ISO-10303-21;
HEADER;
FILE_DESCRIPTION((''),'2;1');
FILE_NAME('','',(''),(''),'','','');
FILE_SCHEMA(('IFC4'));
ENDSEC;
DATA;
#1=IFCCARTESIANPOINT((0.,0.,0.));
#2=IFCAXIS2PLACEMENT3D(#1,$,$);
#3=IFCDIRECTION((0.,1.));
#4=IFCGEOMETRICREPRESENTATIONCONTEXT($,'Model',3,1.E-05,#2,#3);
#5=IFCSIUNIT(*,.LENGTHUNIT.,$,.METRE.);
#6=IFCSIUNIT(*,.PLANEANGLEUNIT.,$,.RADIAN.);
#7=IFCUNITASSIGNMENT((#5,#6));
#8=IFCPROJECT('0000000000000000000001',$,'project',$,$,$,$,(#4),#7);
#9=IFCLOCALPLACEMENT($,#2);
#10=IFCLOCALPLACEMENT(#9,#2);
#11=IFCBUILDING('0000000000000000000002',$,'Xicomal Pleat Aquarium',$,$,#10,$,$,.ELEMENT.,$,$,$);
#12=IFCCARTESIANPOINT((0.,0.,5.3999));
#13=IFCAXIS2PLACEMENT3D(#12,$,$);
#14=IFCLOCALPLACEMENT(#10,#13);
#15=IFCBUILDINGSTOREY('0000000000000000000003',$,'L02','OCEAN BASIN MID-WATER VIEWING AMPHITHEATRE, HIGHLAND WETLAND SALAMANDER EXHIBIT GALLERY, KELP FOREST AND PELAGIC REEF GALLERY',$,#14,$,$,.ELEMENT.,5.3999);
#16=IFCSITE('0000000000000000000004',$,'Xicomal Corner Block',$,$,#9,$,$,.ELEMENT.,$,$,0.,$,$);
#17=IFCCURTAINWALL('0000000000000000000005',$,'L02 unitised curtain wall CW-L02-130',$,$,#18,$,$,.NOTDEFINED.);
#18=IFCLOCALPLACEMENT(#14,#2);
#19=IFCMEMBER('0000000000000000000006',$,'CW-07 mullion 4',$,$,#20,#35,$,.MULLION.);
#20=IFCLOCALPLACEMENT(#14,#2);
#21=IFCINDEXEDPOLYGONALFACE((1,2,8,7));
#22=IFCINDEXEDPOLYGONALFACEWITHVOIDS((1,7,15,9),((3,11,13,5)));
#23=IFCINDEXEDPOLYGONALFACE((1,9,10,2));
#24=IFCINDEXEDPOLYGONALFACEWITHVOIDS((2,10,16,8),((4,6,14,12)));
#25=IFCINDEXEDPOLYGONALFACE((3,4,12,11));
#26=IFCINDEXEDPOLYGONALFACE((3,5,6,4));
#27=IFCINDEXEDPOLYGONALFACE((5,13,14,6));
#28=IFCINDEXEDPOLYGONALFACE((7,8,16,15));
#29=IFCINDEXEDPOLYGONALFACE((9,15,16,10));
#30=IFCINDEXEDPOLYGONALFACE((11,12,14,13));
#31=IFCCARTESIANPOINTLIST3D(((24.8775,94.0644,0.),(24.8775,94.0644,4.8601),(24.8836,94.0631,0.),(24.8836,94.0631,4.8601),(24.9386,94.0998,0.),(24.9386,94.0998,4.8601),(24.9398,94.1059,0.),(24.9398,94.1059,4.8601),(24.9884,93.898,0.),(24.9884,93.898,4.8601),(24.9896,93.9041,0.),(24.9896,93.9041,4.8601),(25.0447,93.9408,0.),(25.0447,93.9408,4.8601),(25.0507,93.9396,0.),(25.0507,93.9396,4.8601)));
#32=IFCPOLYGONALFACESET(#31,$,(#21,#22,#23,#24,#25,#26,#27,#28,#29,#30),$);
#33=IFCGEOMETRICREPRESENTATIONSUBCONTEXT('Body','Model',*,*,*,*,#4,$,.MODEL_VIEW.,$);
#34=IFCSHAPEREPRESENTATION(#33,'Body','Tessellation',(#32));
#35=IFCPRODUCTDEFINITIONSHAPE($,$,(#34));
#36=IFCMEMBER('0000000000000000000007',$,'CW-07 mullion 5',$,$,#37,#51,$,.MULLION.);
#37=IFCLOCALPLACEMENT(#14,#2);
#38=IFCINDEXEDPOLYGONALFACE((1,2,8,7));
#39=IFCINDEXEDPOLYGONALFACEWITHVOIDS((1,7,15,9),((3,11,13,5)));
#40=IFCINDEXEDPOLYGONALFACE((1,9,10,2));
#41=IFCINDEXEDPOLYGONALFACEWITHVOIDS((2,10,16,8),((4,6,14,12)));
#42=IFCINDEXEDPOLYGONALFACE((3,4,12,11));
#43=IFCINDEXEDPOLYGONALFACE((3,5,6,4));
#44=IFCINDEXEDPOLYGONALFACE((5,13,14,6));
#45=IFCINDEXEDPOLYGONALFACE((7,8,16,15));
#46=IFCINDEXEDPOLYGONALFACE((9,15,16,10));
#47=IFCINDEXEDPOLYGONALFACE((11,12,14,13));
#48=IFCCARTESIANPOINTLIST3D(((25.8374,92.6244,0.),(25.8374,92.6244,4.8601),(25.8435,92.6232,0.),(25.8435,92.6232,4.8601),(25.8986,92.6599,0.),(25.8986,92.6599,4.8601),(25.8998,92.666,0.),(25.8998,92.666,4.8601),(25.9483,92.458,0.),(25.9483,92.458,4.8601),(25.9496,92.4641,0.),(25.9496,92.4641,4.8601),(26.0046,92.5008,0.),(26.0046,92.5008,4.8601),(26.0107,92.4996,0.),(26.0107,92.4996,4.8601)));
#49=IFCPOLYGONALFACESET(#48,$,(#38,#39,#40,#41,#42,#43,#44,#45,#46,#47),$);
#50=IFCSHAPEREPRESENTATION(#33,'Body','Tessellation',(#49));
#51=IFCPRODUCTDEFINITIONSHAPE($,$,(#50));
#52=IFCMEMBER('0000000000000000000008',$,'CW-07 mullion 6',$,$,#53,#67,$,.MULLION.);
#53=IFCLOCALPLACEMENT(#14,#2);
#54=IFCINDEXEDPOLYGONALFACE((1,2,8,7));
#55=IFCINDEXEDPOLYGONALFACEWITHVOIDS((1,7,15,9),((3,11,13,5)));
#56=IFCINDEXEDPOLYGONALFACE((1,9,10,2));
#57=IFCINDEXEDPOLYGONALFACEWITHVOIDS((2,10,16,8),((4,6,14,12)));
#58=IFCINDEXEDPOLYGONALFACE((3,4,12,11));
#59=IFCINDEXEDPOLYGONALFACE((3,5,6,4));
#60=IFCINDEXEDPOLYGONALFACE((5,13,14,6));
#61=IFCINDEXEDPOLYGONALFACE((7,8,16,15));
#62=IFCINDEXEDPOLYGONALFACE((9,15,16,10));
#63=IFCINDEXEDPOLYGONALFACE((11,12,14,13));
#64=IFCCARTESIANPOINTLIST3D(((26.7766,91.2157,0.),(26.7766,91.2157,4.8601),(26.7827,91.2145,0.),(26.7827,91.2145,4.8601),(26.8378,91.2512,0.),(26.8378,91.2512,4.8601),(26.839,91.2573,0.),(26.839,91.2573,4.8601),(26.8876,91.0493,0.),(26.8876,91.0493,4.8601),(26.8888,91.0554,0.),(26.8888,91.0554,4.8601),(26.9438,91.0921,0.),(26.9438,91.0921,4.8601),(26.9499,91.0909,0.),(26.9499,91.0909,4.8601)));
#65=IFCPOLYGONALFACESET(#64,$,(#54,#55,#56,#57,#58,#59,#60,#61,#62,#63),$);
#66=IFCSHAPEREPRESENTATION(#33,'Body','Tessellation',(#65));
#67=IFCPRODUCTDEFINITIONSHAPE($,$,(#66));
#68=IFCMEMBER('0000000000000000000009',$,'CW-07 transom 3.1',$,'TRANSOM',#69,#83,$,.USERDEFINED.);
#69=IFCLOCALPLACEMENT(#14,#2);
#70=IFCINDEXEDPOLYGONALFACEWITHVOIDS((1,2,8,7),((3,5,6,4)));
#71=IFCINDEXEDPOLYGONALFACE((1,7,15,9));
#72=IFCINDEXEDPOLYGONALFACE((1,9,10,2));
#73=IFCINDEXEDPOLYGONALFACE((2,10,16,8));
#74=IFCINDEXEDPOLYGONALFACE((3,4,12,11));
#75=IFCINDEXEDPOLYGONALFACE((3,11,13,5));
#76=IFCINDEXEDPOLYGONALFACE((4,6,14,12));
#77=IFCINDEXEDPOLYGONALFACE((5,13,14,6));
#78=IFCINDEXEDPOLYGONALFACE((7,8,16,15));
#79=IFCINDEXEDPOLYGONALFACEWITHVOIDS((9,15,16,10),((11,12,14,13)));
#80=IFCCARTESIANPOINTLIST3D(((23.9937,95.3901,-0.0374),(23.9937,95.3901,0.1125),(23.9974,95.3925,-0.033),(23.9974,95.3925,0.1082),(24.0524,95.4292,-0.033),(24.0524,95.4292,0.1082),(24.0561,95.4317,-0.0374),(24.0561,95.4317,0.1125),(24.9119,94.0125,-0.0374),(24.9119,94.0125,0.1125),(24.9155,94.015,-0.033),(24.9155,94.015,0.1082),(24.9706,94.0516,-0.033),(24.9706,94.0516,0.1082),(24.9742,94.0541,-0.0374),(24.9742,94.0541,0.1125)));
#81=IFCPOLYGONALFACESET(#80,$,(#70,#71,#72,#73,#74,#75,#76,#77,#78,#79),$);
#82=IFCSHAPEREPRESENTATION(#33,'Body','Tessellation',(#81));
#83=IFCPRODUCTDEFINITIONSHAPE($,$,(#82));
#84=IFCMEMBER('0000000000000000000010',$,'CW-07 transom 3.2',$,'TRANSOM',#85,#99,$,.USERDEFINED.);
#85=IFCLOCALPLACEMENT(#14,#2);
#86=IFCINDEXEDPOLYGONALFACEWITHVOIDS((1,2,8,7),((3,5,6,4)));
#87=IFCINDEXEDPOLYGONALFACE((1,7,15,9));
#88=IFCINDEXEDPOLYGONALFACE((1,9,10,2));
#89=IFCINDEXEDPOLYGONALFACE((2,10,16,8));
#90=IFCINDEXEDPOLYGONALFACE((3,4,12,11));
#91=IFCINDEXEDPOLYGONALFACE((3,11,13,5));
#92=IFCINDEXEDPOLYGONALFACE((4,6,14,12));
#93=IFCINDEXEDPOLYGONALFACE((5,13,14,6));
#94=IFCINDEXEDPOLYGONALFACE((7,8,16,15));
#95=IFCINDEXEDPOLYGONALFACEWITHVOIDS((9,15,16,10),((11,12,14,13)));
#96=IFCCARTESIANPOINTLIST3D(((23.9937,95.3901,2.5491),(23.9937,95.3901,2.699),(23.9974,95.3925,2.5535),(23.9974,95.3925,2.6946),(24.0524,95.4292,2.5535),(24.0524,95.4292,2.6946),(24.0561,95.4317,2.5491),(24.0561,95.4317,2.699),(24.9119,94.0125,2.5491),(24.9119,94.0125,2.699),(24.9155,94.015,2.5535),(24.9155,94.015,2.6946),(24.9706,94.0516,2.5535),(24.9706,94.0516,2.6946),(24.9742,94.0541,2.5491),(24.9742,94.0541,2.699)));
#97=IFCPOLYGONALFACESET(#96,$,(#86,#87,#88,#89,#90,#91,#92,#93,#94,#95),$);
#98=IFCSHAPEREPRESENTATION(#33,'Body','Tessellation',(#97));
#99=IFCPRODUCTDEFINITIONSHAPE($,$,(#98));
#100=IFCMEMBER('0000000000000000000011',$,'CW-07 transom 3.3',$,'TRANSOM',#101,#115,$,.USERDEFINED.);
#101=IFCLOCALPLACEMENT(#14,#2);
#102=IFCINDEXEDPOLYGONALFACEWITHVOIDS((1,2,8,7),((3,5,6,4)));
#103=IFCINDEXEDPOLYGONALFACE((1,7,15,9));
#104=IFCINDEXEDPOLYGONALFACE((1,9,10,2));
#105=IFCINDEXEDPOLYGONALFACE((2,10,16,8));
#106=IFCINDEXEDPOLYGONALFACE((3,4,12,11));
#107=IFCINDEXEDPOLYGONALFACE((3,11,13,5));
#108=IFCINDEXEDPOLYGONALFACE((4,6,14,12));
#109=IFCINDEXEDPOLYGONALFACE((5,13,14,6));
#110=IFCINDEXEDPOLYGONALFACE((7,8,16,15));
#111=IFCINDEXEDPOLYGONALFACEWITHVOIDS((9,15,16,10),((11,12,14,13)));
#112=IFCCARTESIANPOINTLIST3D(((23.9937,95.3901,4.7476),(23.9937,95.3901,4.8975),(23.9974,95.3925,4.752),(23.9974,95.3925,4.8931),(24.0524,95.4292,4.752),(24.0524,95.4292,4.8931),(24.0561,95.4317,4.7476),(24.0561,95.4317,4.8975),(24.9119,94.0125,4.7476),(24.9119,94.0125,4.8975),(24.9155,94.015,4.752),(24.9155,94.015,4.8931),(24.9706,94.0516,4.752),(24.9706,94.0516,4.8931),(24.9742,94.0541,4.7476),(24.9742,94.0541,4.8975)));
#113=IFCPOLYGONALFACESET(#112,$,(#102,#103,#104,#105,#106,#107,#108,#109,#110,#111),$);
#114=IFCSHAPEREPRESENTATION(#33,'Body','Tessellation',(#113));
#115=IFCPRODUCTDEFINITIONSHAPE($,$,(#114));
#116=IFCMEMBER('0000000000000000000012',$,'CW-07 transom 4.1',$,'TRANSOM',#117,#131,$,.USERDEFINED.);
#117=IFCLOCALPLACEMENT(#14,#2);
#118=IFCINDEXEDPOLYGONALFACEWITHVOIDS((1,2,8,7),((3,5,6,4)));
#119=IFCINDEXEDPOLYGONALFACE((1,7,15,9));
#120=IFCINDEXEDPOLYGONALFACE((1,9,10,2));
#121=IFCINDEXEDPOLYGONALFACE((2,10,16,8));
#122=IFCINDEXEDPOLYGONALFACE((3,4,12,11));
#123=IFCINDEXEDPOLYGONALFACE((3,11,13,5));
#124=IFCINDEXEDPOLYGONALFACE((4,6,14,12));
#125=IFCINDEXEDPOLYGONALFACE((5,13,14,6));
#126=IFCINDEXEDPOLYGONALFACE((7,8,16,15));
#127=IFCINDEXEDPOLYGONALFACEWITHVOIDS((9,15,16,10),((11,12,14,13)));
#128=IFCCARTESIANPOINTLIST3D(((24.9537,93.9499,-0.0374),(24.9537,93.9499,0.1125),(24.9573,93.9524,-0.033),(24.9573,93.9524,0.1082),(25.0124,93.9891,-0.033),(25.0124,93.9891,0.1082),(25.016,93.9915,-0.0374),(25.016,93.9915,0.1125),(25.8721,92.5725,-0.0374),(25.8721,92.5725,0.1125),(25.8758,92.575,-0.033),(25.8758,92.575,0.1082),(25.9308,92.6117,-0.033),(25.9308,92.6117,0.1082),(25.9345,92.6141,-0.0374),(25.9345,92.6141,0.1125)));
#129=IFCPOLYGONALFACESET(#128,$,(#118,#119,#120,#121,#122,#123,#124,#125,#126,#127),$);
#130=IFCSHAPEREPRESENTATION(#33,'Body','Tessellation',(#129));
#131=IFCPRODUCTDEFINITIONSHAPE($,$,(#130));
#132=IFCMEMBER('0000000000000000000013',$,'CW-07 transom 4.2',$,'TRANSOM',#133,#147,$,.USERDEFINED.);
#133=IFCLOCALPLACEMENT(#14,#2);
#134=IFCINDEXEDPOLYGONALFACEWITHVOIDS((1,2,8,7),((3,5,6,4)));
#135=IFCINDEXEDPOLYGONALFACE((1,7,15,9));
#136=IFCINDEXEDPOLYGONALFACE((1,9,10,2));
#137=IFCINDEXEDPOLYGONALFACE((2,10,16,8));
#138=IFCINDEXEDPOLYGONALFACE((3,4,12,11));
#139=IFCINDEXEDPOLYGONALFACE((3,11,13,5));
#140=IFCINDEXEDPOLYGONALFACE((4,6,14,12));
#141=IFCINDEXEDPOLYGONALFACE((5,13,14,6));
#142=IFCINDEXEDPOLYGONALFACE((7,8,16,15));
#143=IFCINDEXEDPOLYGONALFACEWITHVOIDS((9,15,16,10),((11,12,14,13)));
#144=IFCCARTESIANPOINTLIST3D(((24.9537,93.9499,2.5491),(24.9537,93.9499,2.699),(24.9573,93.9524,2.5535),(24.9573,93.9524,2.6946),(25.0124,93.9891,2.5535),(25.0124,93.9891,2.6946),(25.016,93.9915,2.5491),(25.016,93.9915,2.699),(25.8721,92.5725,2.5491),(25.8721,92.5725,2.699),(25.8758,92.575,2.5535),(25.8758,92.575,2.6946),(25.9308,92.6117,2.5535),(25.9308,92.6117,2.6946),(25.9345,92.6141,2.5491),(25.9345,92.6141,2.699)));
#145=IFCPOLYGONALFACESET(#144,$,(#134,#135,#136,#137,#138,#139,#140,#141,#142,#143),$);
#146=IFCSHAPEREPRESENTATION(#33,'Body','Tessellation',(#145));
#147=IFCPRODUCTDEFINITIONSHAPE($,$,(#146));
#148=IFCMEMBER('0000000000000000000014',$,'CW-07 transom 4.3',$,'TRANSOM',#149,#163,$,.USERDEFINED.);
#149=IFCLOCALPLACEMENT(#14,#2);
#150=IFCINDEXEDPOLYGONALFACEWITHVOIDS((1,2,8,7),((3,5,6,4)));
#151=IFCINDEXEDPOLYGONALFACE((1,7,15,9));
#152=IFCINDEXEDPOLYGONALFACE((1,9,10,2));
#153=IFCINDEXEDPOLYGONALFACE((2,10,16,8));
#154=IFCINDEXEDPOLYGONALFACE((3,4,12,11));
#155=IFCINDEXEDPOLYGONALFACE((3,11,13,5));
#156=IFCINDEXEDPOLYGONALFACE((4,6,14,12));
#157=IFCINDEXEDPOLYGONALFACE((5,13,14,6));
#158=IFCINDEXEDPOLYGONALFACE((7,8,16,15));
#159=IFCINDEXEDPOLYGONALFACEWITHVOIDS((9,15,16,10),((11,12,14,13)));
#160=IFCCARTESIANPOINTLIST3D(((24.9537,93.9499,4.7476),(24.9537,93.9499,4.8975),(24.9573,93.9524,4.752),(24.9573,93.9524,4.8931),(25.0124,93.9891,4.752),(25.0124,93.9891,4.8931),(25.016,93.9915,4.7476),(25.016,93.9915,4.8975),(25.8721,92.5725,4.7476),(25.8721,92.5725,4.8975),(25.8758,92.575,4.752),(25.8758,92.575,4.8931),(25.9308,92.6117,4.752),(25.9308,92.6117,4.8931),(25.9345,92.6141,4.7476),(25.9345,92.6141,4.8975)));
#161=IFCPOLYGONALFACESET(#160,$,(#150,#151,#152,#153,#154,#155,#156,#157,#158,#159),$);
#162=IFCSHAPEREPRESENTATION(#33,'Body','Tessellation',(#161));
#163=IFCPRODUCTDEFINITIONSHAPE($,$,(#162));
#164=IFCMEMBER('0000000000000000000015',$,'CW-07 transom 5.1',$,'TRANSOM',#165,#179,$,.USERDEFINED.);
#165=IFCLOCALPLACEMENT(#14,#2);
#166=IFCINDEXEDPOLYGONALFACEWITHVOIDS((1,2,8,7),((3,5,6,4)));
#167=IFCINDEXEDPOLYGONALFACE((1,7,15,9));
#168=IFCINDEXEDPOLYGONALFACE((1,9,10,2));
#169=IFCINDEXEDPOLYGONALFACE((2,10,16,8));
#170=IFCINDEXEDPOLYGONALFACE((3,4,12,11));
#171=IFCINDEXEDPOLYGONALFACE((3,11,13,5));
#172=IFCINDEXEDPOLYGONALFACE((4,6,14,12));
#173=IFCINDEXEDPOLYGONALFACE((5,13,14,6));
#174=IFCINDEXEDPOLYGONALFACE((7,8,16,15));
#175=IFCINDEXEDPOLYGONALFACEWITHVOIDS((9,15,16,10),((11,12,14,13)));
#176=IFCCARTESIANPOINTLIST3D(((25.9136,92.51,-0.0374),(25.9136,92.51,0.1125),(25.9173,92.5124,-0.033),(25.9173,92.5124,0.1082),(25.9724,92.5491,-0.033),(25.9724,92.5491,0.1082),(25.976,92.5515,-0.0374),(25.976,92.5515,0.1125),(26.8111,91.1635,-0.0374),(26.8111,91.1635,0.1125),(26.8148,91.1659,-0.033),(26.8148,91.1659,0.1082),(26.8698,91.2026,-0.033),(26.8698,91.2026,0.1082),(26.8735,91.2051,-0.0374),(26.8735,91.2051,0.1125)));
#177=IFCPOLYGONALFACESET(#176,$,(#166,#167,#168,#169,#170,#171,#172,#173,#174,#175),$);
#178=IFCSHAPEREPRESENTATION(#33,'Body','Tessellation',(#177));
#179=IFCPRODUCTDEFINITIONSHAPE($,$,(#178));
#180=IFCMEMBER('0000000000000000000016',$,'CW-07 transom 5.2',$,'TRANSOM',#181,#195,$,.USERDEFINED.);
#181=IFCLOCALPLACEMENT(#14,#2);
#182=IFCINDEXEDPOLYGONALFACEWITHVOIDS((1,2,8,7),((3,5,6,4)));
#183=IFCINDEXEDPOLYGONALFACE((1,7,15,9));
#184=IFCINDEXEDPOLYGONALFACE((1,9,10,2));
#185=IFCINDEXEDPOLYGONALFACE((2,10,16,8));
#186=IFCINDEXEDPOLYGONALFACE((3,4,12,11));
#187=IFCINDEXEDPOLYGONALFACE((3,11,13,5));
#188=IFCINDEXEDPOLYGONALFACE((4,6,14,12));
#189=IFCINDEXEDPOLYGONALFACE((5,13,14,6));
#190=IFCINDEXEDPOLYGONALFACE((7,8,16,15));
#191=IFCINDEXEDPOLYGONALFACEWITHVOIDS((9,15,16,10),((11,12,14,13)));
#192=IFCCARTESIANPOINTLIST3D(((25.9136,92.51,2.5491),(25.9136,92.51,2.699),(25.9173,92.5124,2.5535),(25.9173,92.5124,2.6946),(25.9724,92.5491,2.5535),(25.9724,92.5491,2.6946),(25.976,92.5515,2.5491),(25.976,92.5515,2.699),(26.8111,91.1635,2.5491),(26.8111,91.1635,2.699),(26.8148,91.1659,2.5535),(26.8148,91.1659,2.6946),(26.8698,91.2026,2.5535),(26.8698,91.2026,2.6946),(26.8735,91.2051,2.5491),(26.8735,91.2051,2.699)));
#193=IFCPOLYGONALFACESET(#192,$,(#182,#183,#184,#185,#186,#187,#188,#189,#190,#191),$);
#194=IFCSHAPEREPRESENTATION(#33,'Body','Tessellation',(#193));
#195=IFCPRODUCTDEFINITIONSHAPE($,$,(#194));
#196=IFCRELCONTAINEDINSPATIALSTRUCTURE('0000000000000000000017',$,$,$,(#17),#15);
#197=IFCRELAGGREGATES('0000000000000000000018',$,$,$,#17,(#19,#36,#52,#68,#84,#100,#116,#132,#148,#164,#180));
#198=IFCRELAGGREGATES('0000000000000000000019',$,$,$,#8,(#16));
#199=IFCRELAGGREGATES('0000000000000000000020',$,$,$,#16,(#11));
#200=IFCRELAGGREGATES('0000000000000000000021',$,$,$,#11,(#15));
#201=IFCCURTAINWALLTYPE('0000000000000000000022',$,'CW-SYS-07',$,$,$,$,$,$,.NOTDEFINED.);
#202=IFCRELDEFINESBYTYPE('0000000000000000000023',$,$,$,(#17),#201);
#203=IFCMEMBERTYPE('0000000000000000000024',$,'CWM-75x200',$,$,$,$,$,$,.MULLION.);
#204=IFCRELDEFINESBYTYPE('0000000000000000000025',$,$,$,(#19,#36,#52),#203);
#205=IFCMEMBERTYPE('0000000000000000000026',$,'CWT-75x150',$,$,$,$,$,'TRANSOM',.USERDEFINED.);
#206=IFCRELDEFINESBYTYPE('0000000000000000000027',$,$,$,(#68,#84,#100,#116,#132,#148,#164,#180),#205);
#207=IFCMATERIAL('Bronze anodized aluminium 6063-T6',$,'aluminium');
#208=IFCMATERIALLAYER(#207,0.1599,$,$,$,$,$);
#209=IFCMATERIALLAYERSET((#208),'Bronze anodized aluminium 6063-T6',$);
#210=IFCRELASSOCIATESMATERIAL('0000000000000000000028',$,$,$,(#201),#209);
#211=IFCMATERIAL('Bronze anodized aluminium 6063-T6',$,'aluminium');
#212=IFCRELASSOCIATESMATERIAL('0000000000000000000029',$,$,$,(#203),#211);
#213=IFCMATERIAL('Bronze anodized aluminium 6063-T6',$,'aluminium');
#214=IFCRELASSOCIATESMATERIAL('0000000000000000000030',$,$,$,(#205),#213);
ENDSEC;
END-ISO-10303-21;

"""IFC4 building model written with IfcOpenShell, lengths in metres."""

from ifc_helpers import new_model, si_unit, direction, frame, origin, origin_2d, place, context, subcontext, project, spatial, hollow_rectangle, extrude, material, layer, layer_set, material_profile, profile_set, type_object, element, aggregate, save


model = new_model("IFC4")

# Units and contexts
model_context = context("Model", 3, precision=1e-05, world=origin(), true_north=direction((0.0, 1.0)))
body_context = subcontext(model_context, "Body", "Model", "MODEL_VIEW")
ifc_project = project(units=[si_unit("LENGTHUNIT", "METRE"), si_unit("PLANEANGLEUNIT", "RADIAN")], contexts=[model_context])

# Site, building, storey
site_placement = place(None, origin())
site = spatial("IfcSite", under=ifc_project, at=site_placement, Name="Xicomal Corner Block", CompositionType="ELEMENT", RefElevation=0.0)
building_placement = place(site_placement, origin())
building = spatial("IfcBuilding", under=site, at=building_placement, Name="Xicomal Pleat Aquarium", CompositionType="ELEMENT")
storey_placement = place(building_placement, frame((0.0, 0.0, 5.3999)))
storey = spatial("IfcBuildingStorey", under=building, at=storey_placement, Name="L02", Description="OCEAN BASIN MID-WATER VIEWING AMPHITHEATRE, HIGHLAND WETLAND SALAMANDER EXHIBIT GALLERY, KELP FOREST AND PELAGIC REEF GALLERY", CompositionType="ELEMENT", Elevation=5.3999)

# Curtain wall, members
ifc_material_1 = material(Name="Bronze anodized aluminium 6063-T6", Category="aluminium")
ifc_layer_1 = layer(ifc_material_1, 0.1599)
ifc_layer_set_1 = layer_set([ifc_layer_1], Name="Bronze anodized aluminium 6063-T6")
curtain_wall_type_1 = type_object("IfcCurtainWallType", Name="CW-SYS-07", PredefinedType="NOTDEFINED", material=ifc_layer_set_1)
curtain_wall_1_placement = place(storey_placement, origin())
curtain_wall_1 = element("IfcCurtainWall", 1, at=curtain_wall_1_placement, inside=storey, type_object=curtain_wall_type_1, Name="L02 unitised curtain wall CW-L02-130", PredefinedType="NOTDEFINED")
ifc_material_2 = material(Name="Bronze anodized aluminium 6063-T6", Category="aluminium")
ifc_material_profile_1 = material_profile(ifc_material_2, hollow_rectangle(XDim=0.075, YDim=0.2, WallThickness=0.0044, at=origin_2d()), Name="ALU MULL 75x200")
ifc_profile_set_1 = profile_set([ifc_material_profile_1], Name="Bronze anodized aluminium 6063-T6")
member_type_1 = type_object("IfcMemberType", Name="CWM-75x200", PredefinedType="MULLION", material=ifc_profile_set_1)
member_1_placement = place(storey_placement, frame((24.9641, 94.002, 0.0), z_axis=(0.0, 0.0, 1.0), x_axis=(0.83205, 0.5547, 0.0)))
member_1 = element("IfcMember", 2, at=member_1_placement, type_object=member_type_1, Name="CW-07 mullion 4", PredefinedType="MULLION", context=body_context, shape_type="SweptSolid", body=[
    extrude(hollow_rectangle(XDim=0.075, YDim=0.2, WallThickness=0.0044, at=origin_2d()), origin(), (0.0, 0.0, 1.0), 4.8601),
])
member_2_placement = place(storey_placement, frame((25.9241, 92.562, 0.0), z_axis=(0.0, 0.0, 1.0), x_axis=(0.83205, 0.5547, 0.0)))
member_2 = element("IfcMember", 3, at=member_2_placement, type_object=member_type_1, Name="CW-07 mullion 5", PredefinedType="MULLION", context=body_context, shape_type="SweptSolid", body=[
    extrude(hollow_rectangle(XDim=0.075, YDim=0.2, WallThickness=0.0044, at=origin_2d()), origin(), (0.0, 0.0, 1.0), 4.8601),
])
member_3_placement = place(storey_placement, frame((26.8633, 91.1533, 0.0), z_axis=(0.0, 0.0, 1.0), x_axis=(0.83205, 0.5547, 0.0)))
member_3 = element("IfcMember", 4, at=member_3_placement, type_object=member_type_1, Name="CW-07 mullion 6", PredefinedType="MULLION", context=body_context, shape_type="SweptSolid", body=[
    extrude(hollow_rectangle(XDim=0.075, YDim=0.2, WallThickness=0.0044, at=origin_2d()), origin(), (0.0, 0.0, 1.0), 4.8601),
])
ifc_material_3 = material(Name="Bronze anodized aluminium 6063-T6", Category="aluminium")
ifc_material_profile_2 = material_profile(ifc_material_3, hollow_rectangle(XDim=0.075, YDim=0.1499, WallThickness=0.0044, at=origin_2d()), Name="ALU TRAN 75x150")
ifc_profile_set_2 = profile_set([ifc_material_profile_2], Name="Bronze anodized aluminium 6063-T6")
member_type_2 = type_object("IfcMemberType", Name="CWT-75x150", ElementType="TRANSOM", PredefinedType="USERDEFINED", material=ifc_profile_set_2)
member_4_placement = place(storey_placement, frame((24.0249, 95.4109, 0.0376), z_axis=(0.554598, -0.832118, 0.0), x_axis=(0.832118, 0.554598, 0.0)))
member_4 = element("IfcMember", 5, at=member_4_placement, type_object=member_type_2, Name="CW-07 transom 3.1", ObjectType="TRANSOM", PredefinedType="USERDEFINED", context=body_context, shape_type="SweptSolid", body=[
    extrude(hollow_rectangle(XDim=0.075, YDim=0.1499, WallThickness=0.0044, at=origin_2d()), origin(), (0.0, 0.0, 1.0), 1.6555),
])
member_5_placement = place(storey_placement, frame((24.0249, 95.4109, 2.624), z_axis=(0.554598, -0.832118, 0.0), x_axis=(0.832118, 0.554598, 0.0)))
member_5 = element("IfcMember", 6, at=member_5_placement, type_object=member_type_2, Name="CW-07 transom 3.2", ObjectType="TRANSOM", PredefinedType="USERDEFINED", context=body_context, shape_type="SweptSolid", body=[
    extrude(hollow_rectangle(XDim=0.075, YDim=0.1499, WallThickness=0.0044, at=origin_2d()), origin(), (0.0, 0.0, 1.0), 1.6555),
])
member_6_placement = place(storey_placement, frame((24.0249, 95.4109, 4.8225), z_axis=(0.554598, -0.832118, 0.0), x_axis=(0.832118, 0.554598, 0.0)))
member_6 = element("IfcMember", 7, at=member_6_placement, type_object=member_type_2, Name="CW-07 transom 3.3", ObjectType="TRANSOM", PredefinedType="USERDEFINED", context=body_context, shape_type="SweptSolid", body=[
    extrude(hollow_rectangle(XDim=0.075, YDim=0.1499, WallThickness=0.0044, at=origin_2d()), origin(), (0.0, 0.0, 1.0), 1.6555),
])
member_7_placement = place(storey_placement, frame((24.9849, 93.9707, 0.0376), z_axis=(0.554768, -0.832005, 0.0), x_axis=(0.832005, 0.554768, 0.0)))
member_7 = element("IfcMember", 8, at=member_7_placement, type_object=member_type_2, Name="CW-07 transom 4.1", ObjectType="TRANSOM", PredefinedType="USERDEFINED", context=body_context, shape_type="SweptSolid", body=[
    extrude(hollow_rectangle(XDim=0.075, YDim=0.1499, WallThickness=0.0044, at=origin_2d()), origin(), (0.0, 0.0, 1.0), 1.6555),
])
member_8_placement = place(storey_placement, frame((24.9849, 93.9707, 2.624), z_axis=(0.554768, -0.832005, 0.0), x_axis=(0.832005, 0.554768, 0.0)))
member_8 = element("IfcMember", 9, at=member_8_placement, type_object=member_type_2, Name="CW-07 transom 4.2", ObjectType="TRANSOM", PredefinedType="USERDEFINED", context=body_context, shape_type="SweptSolid", body=[
    extrude(hollow_rectangle(XDim=0.075, YDim=0.1499, WallThickness=0.0044, at=origin_2d()), origin(), (0.0, 0.0, 1.0), 1.6555),
])
member_9_placement = place(storey_placement, frame((24.9849, 93.9707, 4.8225), z_axis=(0.554768, -0.832005, 0.0), x_axis=(0.832005, 0.554768, 0.0)))
member_9 = element("IfcMember", 10, at=member_9_placement, type_object=member_type_2, Name="CW-07 transom 4.3", ObjectType="TRANSOM", PredefinedType="USERDEFINED", context=body_context, shape_type="SweptSolid", body=[
    extrude(hollow_rectangle(XDim=0.075, YDim=0.1499, WallThickness=0.0044, at=origin_2d()), origin(), (0.0, 0.0, 1.0), 1.6555),
])
member_10_placement = place(storey_placement, frame((25.9448, 92.5308, 0.0376), z_axis=(0.554631, -0.832097, 0.0), x_axis=(0.832097, 0.554631, 0.0)))
member_10 = element("IfcMember", 11, at=member_10_placement, type_object=member_type_2, Name="CW-07 transom 5.1", ObjectType="TRANSOM", PredefinedType="USERDEFINED", context=body_context, shape_type="SweptSolid", body=[
    extrude(hollow_rectangle(XDim=0.075, YDim=0.1499, WallThickness=0.0044, at=origin_2d()), origin(), (0.0, 0.0, 1.0), 1.6182),
])
member_11_placement = place(storey_placement, frame((25.9448, 92.5308, 2.624), z_axis=(0.554631, -0.832097, 0.0), x_axis=(0.832097, 0.554631, 0.0)))
member_11 = element("IfcMember", 12, at=member_11_placement, type_object=member_type_2, Name="CW-07 transom 5.2", ObjectType="TRANSOM", PredefinedType="USERDEFINED", context=body_context, shape_type="SweptSolid", body=[
    extrude(hollow_rectangle(XDim=0.075, YDim=0.1499, WallThickness=0.0044, at=origin_2d()), origin(), (0.0, 0.0, 1.0), 1.6182),
])

aggregate(curtain_wall_1, [member_1, member_2, member_3, member_4, member_5, member_6, member_7, member_8, member_9, member_10, member_11])

save(model, "model.ifc")
